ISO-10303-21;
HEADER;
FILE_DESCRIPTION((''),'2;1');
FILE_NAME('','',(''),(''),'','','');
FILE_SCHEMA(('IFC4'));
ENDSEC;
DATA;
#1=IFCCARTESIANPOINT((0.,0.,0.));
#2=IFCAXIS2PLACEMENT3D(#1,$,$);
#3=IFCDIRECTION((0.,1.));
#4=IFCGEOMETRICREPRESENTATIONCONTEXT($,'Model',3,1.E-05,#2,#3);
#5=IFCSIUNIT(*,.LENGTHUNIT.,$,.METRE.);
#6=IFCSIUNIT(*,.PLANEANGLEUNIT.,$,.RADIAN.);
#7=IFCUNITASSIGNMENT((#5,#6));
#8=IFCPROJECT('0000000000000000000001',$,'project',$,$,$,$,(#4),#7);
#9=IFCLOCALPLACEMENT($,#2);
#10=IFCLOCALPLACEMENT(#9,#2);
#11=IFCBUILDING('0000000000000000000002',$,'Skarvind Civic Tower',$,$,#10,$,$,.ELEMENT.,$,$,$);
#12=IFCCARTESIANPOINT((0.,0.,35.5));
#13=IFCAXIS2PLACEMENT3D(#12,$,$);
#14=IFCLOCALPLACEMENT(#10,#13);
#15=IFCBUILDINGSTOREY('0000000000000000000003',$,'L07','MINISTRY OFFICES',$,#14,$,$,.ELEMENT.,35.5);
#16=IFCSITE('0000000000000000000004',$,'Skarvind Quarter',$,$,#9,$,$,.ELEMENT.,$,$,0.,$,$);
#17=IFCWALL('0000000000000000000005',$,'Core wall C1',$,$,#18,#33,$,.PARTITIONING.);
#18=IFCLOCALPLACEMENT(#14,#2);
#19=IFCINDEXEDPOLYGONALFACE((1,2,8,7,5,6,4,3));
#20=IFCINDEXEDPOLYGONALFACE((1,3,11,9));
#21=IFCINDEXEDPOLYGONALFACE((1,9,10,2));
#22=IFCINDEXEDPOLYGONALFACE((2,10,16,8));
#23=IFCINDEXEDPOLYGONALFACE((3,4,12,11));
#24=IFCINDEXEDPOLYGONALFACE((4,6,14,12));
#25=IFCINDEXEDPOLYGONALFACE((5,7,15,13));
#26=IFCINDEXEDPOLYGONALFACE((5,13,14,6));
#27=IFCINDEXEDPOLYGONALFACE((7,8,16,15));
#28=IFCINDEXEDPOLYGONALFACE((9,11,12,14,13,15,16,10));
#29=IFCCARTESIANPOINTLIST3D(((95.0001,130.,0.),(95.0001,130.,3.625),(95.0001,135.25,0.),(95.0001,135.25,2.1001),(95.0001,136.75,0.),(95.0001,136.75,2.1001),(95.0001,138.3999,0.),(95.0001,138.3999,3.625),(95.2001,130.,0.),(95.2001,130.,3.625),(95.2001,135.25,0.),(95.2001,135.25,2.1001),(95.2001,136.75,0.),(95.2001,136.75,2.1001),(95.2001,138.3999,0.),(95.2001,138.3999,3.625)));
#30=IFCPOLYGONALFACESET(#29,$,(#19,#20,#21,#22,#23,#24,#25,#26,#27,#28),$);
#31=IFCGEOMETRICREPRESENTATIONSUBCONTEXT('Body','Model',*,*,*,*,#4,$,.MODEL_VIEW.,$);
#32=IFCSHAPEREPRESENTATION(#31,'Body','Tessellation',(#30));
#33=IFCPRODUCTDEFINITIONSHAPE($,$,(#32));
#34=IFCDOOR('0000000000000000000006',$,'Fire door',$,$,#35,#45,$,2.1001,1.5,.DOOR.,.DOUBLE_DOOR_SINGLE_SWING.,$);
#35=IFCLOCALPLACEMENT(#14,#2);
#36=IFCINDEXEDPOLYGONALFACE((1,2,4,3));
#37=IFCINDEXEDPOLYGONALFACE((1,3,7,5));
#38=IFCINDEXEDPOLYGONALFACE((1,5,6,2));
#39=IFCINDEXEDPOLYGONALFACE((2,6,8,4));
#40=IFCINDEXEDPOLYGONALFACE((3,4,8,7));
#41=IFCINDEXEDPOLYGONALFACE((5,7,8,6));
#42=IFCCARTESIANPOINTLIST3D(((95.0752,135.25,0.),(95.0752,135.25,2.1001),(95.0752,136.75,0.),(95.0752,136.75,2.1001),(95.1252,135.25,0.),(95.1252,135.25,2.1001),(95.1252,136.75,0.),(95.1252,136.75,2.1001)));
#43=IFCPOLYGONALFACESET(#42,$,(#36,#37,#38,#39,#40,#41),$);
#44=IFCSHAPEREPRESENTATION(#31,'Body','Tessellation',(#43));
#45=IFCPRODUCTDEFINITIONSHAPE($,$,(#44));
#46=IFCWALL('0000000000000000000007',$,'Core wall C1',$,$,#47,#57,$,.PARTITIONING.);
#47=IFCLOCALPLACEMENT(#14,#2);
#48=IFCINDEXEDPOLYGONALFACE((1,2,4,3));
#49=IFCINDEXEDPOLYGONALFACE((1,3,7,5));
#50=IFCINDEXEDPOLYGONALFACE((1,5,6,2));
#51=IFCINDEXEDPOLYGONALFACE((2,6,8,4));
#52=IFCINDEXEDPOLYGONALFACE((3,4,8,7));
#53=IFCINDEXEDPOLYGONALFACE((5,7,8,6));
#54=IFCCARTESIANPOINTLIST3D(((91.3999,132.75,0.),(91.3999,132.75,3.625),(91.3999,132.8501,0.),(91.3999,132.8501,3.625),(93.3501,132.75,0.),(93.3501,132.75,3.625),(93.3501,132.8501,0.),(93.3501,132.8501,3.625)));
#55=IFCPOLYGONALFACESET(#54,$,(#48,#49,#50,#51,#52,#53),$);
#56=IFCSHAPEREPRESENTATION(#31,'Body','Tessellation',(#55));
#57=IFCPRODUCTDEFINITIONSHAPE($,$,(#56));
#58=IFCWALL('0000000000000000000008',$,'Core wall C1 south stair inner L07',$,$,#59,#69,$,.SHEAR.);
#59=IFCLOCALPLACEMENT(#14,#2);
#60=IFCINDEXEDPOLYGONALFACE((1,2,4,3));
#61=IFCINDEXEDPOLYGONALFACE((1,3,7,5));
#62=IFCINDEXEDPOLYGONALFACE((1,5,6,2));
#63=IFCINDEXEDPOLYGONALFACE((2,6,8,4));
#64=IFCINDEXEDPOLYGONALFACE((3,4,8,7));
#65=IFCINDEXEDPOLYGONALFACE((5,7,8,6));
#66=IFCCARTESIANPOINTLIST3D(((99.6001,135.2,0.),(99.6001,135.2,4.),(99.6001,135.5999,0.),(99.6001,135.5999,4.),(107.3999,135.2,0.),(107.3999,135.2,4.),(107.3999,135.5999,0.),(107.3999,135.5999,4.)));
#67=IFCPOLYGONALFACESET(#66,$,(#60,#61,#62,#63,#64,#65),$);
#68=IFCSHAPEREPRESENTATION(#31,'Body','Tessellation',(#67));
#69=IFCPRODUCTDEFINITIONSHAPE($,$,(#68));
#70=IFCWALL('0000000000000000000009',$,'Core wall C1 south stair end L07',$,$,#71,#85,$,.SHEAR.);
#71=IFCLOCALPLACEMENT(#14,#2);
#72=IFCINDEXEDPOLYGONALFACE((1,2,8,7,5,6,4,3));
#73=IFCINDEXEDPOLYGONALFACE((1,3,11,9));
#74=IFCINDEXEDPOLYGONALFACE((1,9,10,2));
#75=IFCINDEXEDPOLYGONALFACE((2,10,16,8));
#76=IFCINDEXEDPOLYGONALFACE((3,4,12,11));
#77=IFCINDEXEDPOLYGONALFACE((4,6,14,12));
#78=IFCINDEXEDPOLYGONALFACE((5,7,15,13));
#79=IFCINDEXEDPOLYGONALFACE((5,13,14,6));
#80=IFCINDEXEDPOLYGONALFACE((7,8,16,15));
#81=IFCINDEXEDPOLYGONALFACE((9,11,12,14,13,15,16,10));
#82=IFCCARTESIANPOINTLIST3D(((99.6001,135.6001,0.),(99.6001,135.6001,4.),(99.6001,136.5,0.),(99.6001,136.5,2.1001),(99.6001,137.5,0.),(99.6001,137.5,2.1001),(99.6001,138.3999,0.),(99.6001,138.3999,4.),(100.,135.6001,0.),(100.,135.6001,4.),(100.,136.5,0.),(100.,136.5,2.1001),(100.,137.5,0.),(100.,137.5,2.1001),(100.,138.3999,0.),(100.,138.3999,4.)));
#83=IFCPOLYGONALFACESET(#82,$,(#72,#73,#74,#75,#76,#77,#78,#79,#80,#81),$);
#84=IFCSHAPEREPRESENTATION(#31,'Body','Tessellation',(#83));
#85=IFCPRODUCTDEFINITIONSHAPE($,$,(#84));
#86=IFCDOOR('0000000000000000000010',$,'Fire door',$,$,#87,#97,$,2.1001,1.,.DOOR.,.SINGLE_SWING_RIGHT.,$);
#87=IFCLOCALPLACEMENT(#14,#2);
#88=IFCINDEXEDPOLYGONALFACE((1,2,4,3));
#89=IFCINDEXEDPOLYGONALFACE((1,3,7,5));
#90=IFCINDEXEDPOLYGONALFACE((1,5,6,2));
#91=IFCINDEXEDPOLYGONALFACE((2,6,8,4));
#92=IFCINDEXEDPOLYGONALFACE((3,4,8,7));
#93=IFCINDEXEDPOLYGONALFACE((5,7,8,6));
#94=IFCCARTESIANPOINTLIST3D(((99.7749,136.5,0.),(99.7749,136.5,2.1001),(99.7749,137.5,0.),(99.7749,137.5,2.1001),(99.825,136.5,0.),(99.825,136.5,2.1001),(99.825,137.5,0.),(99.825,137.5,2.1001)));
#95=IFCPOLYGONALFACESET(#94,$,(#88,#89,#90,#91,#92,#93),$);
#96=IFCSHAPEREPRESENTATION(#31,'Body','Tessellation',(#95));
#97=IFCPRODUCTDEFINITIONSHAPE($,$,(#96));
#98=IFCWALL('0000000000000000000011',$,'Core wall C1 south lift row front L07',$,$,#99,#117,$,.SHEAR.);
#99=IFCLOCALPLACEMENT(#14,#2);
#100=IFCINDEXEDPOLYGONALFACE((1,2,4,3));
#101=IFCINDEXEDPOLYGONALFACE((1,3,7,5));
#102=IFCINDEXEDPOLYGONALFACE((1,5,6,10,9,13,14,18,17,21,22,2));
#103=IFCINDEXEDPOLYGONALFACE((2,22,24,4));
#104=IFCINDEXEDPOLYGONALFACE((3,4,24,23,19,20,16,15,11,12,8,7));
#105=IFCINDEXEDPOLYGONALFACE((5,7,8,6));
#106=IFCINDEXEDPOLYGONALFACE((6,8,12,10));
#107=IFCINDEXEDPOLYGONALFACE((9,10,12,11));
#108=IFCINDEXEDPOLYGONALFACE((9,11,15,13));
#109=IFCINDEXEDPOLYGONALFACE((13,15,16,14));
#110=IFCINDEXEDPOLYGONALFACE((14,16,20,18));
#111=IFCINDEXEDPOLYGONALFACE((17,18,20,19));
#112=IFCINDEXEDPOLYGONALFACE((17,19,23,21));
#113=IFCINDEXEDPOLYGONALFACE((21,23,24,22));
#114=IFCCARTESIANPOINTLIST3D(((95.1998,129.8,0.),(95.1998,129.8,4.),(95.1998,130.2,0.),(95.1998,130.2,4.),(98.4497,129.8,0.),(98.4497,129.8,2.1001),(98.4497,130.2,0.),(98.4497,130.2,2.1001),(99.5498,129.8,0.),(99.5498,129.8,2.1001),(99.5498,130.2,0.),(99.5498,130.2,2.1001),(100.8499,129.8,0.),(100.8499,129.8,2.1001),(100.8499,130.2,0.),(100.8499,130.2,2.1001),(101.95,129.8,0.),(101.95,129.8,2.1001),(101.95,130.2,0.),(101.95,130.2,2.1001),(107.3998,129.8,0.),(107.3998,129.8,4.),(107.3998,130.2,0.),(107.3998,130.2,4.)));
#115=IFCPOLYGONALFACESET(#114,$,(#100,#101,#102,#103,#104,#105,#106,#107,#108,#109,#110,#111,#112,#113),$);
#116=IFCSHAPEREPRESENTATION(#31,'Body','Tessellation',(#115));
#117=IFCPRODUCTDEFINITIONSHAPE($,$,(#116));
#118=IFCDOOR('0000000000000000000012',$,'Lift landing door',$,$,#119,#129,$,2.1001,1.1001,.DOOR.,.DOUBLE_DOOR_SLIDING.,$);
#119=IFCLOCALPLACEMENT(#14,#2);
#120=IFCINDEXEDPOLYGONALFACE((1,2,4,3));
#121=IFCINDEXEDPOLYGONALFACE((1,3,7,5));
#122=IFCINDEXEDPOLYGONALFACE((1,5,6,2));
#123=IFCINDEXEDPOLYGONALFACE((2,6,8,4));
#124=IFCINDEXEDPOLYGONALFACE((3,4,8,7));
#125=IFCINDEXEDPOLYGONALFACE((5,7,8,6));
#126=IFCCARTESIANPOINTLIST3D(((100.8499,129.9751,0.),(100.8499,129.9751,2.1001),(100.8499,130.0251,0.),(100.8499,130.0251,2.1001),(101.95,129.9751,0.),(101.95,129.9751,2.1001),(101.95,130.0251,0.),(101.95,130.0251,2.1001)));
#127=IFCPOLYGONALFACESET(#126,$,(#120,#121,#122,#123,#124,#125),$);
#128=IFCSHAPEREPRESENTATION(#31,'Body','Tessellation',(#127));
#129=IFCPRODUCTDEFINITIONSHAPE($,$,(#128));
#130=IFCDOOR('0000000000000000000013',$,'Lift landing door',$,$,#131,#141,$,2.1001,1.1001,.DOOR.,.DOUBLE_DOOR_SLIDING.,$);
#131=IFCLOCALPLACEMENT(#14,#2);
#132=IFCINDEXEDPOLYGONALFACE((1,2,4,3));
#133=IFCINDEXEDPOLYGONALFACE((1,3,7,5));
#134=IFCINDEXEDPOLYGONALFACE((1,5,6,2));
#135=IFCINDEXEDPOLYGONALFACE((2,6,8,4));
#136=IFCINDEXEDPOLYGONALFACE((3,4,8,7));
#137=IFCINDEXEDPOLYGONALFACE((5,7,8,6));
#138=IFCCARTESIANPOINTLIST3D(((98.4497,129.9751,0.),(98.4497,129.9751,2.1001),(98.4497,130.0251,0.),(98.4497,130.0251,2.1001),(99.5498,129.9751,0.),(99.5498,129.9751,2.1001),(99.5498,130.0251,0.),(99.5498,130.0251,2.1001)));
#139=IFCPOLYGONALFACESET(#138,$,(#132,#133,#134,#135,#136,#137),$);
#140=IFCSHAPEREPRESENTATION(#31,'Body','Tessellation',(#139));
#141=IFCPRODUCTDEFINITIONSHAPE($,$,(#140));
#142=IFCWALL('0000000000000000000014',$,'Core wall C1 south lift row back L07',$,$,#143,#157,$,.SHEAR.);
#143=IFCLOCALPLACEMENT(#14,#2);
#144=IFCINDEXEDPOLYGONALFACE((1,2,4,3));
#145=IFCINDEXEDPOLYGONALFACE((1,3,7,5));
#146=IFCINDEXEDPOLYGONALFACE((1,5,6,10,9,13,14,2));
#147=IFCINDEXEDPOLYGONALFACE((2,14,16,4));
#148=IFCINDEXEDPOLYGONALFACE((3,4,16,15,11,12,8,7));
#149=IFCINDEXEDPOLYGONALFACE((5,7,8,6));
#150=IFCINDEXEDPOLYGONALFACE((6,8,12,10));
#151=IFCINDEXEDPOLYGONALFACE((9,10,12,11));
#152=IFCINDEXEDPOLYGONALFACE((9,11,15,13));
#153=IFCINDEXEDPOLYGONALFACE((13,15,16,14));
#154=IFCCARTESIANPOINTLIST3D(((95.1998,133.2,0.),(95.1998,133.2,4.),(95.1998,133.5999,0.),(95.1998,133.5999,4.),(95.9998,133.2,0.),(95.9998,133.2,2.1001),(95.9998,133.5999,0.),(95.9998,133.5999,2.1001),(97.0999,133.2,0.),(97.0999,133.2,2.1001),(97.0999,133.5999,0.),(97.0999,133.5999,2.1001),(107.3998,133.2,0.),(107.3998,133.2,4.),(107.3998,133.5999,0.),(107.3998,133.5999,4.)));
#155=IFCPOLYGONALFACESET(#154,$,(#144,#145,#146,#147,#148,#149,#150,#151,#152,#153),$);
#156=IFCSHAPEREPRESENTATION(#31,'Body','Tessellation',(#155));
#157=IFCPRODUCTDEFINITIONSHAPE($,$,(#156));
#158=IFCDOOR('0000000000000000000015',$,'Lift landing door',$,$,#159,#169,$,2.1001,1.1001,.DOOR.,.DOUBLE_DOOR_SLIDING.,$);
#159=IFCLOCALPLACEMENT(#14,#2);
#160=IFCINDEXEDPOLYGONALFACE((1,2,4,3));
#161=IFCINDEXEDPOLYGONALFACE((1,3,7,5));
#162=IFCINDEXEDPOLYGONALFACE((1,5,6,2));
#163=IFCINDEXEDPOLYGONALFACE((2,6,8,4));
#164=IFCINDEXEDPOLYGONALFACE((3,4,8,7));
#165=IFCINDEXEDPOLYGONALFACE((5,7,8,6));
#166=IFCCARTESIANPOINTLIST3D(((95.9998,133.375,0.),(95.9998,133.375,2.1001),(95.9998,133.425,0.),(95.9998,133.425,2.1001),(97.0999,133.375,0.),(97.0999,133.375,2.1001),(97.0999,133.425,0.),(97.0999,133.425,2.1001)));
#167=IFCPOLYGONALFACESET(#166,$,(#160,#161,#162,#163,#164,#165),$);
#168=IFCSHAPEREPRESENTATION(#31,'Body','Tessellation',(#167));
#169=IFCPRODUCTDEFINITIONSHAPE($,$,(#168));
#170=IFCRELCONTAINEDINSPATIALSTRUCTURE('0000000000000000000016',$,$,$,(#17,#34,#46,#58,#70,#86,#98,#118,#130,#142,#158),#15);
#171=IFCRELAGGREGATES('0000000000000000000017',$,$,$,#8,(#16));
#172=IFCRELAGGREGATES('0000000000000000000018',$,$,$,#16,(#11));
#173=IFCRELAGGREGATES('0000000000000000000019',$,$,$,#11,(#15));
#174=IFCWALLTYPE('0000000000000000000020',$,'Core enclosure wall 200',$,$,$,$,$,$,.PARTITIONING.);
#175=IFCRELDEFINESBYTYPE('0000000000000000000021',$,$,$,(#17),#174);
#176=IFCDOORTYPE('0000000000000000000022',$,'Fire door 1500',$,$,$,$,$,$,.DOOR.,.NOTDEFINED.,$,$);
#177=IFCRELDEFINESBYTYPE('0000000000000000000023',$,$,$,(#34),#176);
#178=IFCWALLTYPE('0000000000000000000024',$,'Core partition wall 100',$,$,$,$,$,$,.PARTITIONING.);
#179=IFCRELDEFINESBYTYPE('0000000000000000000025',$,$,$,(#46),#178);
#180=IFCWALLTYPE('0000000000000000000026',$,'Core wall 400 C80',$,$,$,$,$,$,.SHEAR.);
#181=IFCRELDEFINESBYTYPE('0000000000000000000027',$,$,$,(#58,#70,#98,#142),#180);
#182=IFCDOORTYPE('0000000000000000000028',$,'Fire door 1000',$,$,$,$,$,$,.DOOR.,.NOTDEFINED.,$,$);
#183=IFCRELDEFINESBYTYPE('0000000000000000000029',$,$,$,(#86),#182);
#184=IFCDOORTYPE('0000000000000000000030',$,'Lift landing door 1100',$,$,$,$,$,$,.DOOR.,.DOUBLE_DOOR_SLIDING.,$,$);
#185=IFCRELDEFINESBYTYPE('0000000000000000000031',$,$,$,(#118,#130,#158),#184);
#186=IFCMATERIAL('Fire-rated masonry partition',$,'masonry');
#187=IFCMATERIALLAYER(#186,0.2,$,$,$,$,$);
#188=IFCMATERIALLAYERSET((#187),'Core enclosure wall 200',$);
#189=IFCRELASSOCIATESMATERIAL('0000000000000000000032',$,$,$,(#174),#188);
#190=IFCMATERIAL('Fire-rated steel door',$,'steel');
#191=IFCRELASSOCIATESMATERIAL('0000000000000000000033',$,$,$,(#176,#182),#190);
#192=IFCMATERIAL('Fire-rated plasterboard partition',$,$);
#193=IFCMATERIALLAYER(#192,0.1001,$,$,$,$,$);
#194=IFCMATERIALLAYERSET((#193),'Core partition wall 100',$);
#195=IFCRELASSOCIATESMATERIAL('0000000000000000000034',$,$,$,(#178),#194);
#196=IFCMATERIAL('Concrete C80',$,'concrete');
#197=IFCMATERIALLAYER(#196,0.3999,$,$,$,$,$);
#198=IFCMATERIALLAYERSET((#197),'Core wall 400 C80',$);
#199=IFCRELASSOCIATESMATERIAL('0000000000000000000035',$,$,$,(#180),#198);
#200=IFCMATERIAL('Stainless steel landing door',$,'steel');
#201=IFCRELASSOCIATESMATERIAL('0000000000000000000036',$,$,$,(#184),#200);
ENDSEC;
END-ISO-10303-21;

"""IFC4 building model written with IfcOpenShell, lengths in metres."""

from ifc_helpers import new_model, si_unit, direction, frame, frame_2d, origin, place, context, subcontext, project, spatial, rectangle, extrude, material, layer, layer_set, type_object, element, fill, save


model = new_model("IFC4")

# Units and contexts
model_context = context("Model", 3, precision=1e-05, world=origin(), true_north=direction((0.0, 1.0)))
body_context = subcontext(model_context, "Body", "Model", "MODEL_VIEW")
ifc_project = project(units=[si_unit("LENGTHUNIT", "METRE"), si_unit("PLANEANGLEUNIT", "RADIAN")], contexts=[model_context])

# Site, building, storey
site_placement = place(None, origin())
site = spatial("IfcSite", under=ifc_project, at=site_placement, Name="Skarvind Quarter", CompositionType="ELEMENT", RefElevation=0.0)
building_placement = place(site_placement, origin())
building = spatial("IfcBuilding", under=site, at=building_placement, Name="Skarvind Civic Tower", CompositionType="ELEMENT")
storey_placement = place(building_placement, frame((0.0, 0.0, 35.5)))
storey = spatial("IfcBuildingStorey", under=building, at=storey_placement, Name="L07", Description="MINISTRY OFFICES", CompositionType="ELEMENT", Elevation=35.5)

# Wall, opening, door
ifc_material_1 = material(Name="Fire-rated masonry partition", Category="masonry")
ifc_layer_1 = layer(ifc_material_1, 0.2)
ifc_layer_set_1 = layer_set([ifc_layer_1], Name="Core enclosure wall 200")
wall_type_1 = type_object("IfcWallType", Name="Core enclosure wall 200", PredefinedType="PARTITIONING", material=ifc_layer_set_1)
wall_1_placement = place(storey_placement, frame((95.1001, 130.0, 0.0), z_axis=(0.0, 0.0, 1.0), x_axis=(0.0, 1.0, 0.0)))
wall_1 = element("IfcWall", 1, at=wall_1_placement, inside=storey, type_object=wall_type_1, Name="Core wall C1", PredefinedType="PARTITIONING", context=body_context, shape_type="SweptSolid", body=[
    extrude(rectangle(XDim=8.3999, YDim=0.2, at=frame_2d((4.2, 0.0))), origin(), (0.0, 0.0, 1.0), 3.625),
])
opening_1_placement = place(wall_1_placement, frame((5.25, 0.0, 0.0)))
opening_1 = element("IfcOpeningElement", 2, at=opening_1_placement, cuts=wall_1, PredefinedType="OPENING", context=body_context, shape_type="SweptSolid", body=[
    extrude(rectangle(XDim=1.5, YDim=2.1001, at=frame_2d((0.75, 1.05))), frame((0.0, 0.1099, 0.0), z_axis=(0.0, -1.0, 0.0), x_axis=(1.0, 0.0, 0.0)), (0.0, 0.0, 1.0), 0.22),
])
ifc_material_2 = material(Name="Fire-rated steel door", Category="steel")
door_type_1 = type_object("IfcDoorType", Name="Fire door 1500", OperationType="NOTDEFINED", PredefinedType="DOOR", material=ifc_material_2)
door_1_placement = place(opening_1_placement, origin())
door_1 = element("IfcDoor", 3, at=door_1_placement, inside=storey, type_object=door_type_1, Name="Fire door", OperationType="DOUBLE_DOOR_SINGLE_SWING", OverallHeight=2.1001, OverallWidth=1.5, PredefinedType="DOOR", context=body_context, shape_type="SweptSolid", body=[
    extrude(rectangle(XDim=1.5, YDim=2.1001, at=frame_2d((0.75, 1.05))), frame((0.0, 0.0249, 0.0), z_axis=(0.0, -1.0, 0.0), x_axis=(1.0, 0.0, 0.0)), (0.0, 0.0, 1.0), 0.05),
])
fill(opening_1, door_1)

# Walls
ifc_material_3 = material(Name="Fire-rated plasterboard partition")
ifc_layer_2 = layer(ifc_material_3, 0.1001)
ifc_layer_set_2 = layer_set([ifc_layer_2], Name="Core partition wall 100")
wall_type_2 = type_object("IfcWallType", Name="Core partition wall 100", PredefinedType="PARTITIONING", material=ifc_layer_set_2)
wall_2_placement = place(storey_placement, frame((91.3999, 132.8, 0.0), z_axis=(0.0, 0.0, 1.0), x_axis=(1.0, 0.0, 0.0)))
element("IfcWall", 4, at=wall_2_placement, inside=storey, type_object=wall_type_2, Name="Core wall C1", PredefinedType="PARTITIONING", context=body_context, shape_type="SweptSolid", body=[
    extrude(rectangle(XDim=1.9502, YDim=0.1001, at=frame_2d((0.9751, 0.0))), origin(), (0.0, 0.0, 1.0), 3.625),
])
ifc_material_4 = material(Name="Concrete C80", Category="concrete")
ifc_layer_3 = layer(ifc_material_4, 0.3999)
ifc_layer_set_3 = layer_set([ifc_layer_3], Name="Core wall 400 C80")
wall_type_3 = type_object("IfcWallType", Name="Core wall 400 C80", PredefinedType="SHEAR", material=ifc_layer_set_3)
wall_3_placement = place(storey_placement, frame((107.3999, 135.3999, 0.0), z_axis=(0.0, 0.0, 1.0), x_axis=(-1.0, 0.0, 0.0)))
element("IfcWall", 5, at=wall_3_placement, inside=storey, type_object=wall_type_3, Name="Core wall C1 south stair inner L07", PredefinedType="SHEAR", context=body_context, shape_type="SweptSolid", body=[
    extrude(rectangle(XDim=7.7998, YDim=0.3999, at=frame_2d((3.8999, 0.0))), origin(), (0.0, 0.0, 1.0), 4.0),
])

# Wall, opening, door
wall_4_placement = place(storey_placement, frame((99.8, 138.3999, 0.0), z_axis=(0.0, 0.0, 1.0), x_axis=(0.0, -1.0, 0.0)))
wall_4 = element("IfcWall", 6, at=wall_4_placement, inside=storey, type_object=wall_type_3, Name="Core wall C1 south stair end L07", PredefinedType="SHEAR", context=body_context, shape_type="SweptSolid", body=[
    extrude(rectangle(XDim=2.7998, YDim=0.3999, at=frame_2d((1.3999, 0.0))), origin(), (0.0, 0.0, 1.0), 4.0),
])
opening_2_placement = place(wall_4_placement, frame((0.8999, 0.0, 0.0)))
opening_2 = element("IfcOpeningElement", 7, at=opening_2_placement, cuts=wall_4, PredefinedType="OPENING", context=body_context, shape_type="SweptSolid", body=[
    extrude(rectangle(XDim=1.0, YDim=2.1001, at=frame_2d((0.5, 1.05))), frame((0.0, 0.21, 0.0), z_axis=(0.0, -1.0, 0.0), x_axis=(1.0, 0.0, 0.0)), (0.0, 0.0, 1.0), 0.4199),
])
door_type_2 = type_object("IfcDoorType", Name="Fire door 1000", OperationType="NOTDEFINED", PredefinedType="DOOR", material=ifc_material_2)
door_2_placement = place(opening_2_placement, origin())
door_2 = element("IfcDoor", 8, at=door_2_placement, inside=storey, type_object=door_type_2, Name="Fire door", OperationType="SINGLE_SWING_RIGHT", OverallHeight=2.1001, OverallWidth=1.0, PredefinedType="DOOR", context=body_context, shape_type="SweptSolid", body=[
    extrude(rectangle(XDim=1.0, YDim=2.1001, at=frame_2d((0.5, 1.05))), frame((0.0, 0.0249, 0.0), z_axis=(0.0, -1.0, 0.0), x_axis=(1.0, 0.0, 0.0)), (0.0, 0.0, 1.0), 0.05),
])
fill(opening_2, door_2)

# Wall, openings, doors
wall_5_placement = place(storey_placement, frame((107.3999, 130.0, 0.0), z_axis=(0.0, 0.0, 1.0), x_axis=(-1.0, 0.0, 0.0)))
wall_5 = element("IfcWall", 9, at=wall_5_placement, inside=storey, type_object=wall_type_3, Name="Core wall C1 south lift row front L07", PredefinedType="SHEAR", context=body_context, shape_type="SweptSolid", body=[
    extrude(rectangle(XDim=12.2, YDim=0.3999, at=frame_2d((6.1001, 0.0))), origin(), (0.0, 0.0, 1.0), 4.0),
])
opening_3_placement = place(wall_5_placement, frame((5.45, 0.0, 0.0)))
opening_3 = element("IfcOpeningElement", 10, at=opening_3_placement, cuts=wall_5, PredefinedType="OPENING", context=body_context, shape_type="SweptSolid", body=[
    extrude(rectangle(XDim=1.1001, YDim=2.1001, at=frame_2d((0.55, 1.05))), frame((0.0, 0.21, 0.0), z_axis=(0.0, -1.0, 0.0), x_axis=(1.0, 0.0, 0.0)), (0.0, 0.0, 1.0), 0.4199),
])
opening_4_placement = place(wall_5_placement, frame((7.8501, 0.0, 0.0)))
opening_4 = element("IfcOpeningElement", 11, at=opening_4_placement, cuts=wall_5, PredefinedType="OPENING", context=body_context, shape_type="SweptSolid", body=[
    extrude(rectangle(XDim=1.1001, YDim=2.1001, at=frame_2d((0.55, 1.05))), frame((0.0, 0.21, 0.0), z_axis=(0.0, -1.0, 0.0), x_axis=(1.0, 0.0, 0.0)), (0.0, 0.0, 1.0), 0.4199),
])
ifc_material_5 = material(Name="Stainless steel landing door", Category="steel")
door_type_3 = type_object("IfcDoorType", Name="Lift landing door 1100", OperationType="DOUBLE_DOOR_SLIDING", PredefinedType="DOOR", material=ifc_material_5)
door_3_placement = place(opening_3_placement, origin())
door_3 = element("IfcDoor", 12, at=door_3_placement, inside=storey, type_object=door_type_3, Name="Lift landing door", OperationType="DOUBLE_DOOR_SLIDING", OverallHeight=2.1001, OverallWidth=1.1001, PredefinedType="DOOR", context=body_context, shape_type="SweptSolid", body=[
    extrude(rectangle(XDim=1.1001, YDim=2.1001, at=frame_2d((0.55, 1.05))), frame((0.0, 0.0249, 0.0), z_axis=(0.0, -1.0, 0.0), x_axis=(1.0, 0.0, 0.0)), (0.0, 0.0, 1.0), 0.05),
])
fill(opening_3, door_3)
door_4_placement = place(opening_4_placement, origin())
door_4 = element("IfcDoor", 13, at=door_4_placement, inside=storey, type_object=door_type_3, Name="Lift landing door", OperationType="DOUBLE_DOOR_SLIDING", OverallHeight=2.1001, OverallWidth=1.1001, PredefinedType="DOOR", context=body_context, shape_type="SweptSolid", body=[
    extrude(rectangle(XDim=1.1001, YDim=2.1001, at=frame_2d((0.55, 1.05))), frame((0.0, 0.0249, 0.0), z_axis=(0.0, -1.0, 0.0), x_axis=(1.0, 0.0, 0.0)), (0.0, 0.0, 1.0), 0.05),
])
fill(opening_4, door_4)

# Wall, opening, door
wall_6_placement = place(storey_placement, frame((107.3999, 133.3999, 0.0), z_axis=(0.0, 0.0, 1.0), x_axis=(-1.0, 0.0, 0.0)))
wall_6 = element("IfcWall", 14, at=wall_6_placement, inside=storey, type_object=wall_type_3, Name="Core wall C1 south lift row back L07", PredefinedType="SHEAR", context=body_context, shape_type="SweptSolid", body=[
    extrude(rectangle(XDim=12.2, YDim=0.3999, at=frame_2d((6.1001, 0.0))), origin(), (0.0, 0.0, 1.0), 4.0),
])
opening_5_placement = place(wall_6_placement, frame((10.3, 0.0, 0.0)))
opening_5 = element("IfcOpeningElement", 15, at=opening_5_placement, cuts=wall_6, PredefinedType="OPENING", context=body_context, shape_type="SweptSolid", body=[
    extrude(rectangle(XDim=1.1001, YDim=2.1001, at=frame_2d((0.55, 1.05))), frame((0.0, 0.21, 0.0), z_axis=(0.0, -1.0, 0.0), x_axis=(1.0, 0.0, 0.0)), (0.0, 0.0, 1.0), 0.4199),
])
door_5_placement = place(opening_5_placement, origin())
door_5 = element("IfcDoor", 16, at=door_5_placement, inside=storey, type_object=door_type_3, Name="Lift landing door", OperationType="DOUBLE_DOOR_SLIDING", OverallHeight=2.1001, OverallWidth=1.1001, PredefinedType="DOOR", context=body_context, shape_type="SweptSolid", body=[
    extrude(rectangle(XDim=1.1001, YDim=2.1001, at=frame_2d((0.55, 1.05))), frame((0.0, 0.0249, 0.0), z_axis=(0.0, -1.0, 0.0), x_axis=(1.0, 0.0, 0.0)), (0.0, 0.0, 1.0), 0.05),
])
fill(opening_5, door_5)

save(model, "model.ifc")
